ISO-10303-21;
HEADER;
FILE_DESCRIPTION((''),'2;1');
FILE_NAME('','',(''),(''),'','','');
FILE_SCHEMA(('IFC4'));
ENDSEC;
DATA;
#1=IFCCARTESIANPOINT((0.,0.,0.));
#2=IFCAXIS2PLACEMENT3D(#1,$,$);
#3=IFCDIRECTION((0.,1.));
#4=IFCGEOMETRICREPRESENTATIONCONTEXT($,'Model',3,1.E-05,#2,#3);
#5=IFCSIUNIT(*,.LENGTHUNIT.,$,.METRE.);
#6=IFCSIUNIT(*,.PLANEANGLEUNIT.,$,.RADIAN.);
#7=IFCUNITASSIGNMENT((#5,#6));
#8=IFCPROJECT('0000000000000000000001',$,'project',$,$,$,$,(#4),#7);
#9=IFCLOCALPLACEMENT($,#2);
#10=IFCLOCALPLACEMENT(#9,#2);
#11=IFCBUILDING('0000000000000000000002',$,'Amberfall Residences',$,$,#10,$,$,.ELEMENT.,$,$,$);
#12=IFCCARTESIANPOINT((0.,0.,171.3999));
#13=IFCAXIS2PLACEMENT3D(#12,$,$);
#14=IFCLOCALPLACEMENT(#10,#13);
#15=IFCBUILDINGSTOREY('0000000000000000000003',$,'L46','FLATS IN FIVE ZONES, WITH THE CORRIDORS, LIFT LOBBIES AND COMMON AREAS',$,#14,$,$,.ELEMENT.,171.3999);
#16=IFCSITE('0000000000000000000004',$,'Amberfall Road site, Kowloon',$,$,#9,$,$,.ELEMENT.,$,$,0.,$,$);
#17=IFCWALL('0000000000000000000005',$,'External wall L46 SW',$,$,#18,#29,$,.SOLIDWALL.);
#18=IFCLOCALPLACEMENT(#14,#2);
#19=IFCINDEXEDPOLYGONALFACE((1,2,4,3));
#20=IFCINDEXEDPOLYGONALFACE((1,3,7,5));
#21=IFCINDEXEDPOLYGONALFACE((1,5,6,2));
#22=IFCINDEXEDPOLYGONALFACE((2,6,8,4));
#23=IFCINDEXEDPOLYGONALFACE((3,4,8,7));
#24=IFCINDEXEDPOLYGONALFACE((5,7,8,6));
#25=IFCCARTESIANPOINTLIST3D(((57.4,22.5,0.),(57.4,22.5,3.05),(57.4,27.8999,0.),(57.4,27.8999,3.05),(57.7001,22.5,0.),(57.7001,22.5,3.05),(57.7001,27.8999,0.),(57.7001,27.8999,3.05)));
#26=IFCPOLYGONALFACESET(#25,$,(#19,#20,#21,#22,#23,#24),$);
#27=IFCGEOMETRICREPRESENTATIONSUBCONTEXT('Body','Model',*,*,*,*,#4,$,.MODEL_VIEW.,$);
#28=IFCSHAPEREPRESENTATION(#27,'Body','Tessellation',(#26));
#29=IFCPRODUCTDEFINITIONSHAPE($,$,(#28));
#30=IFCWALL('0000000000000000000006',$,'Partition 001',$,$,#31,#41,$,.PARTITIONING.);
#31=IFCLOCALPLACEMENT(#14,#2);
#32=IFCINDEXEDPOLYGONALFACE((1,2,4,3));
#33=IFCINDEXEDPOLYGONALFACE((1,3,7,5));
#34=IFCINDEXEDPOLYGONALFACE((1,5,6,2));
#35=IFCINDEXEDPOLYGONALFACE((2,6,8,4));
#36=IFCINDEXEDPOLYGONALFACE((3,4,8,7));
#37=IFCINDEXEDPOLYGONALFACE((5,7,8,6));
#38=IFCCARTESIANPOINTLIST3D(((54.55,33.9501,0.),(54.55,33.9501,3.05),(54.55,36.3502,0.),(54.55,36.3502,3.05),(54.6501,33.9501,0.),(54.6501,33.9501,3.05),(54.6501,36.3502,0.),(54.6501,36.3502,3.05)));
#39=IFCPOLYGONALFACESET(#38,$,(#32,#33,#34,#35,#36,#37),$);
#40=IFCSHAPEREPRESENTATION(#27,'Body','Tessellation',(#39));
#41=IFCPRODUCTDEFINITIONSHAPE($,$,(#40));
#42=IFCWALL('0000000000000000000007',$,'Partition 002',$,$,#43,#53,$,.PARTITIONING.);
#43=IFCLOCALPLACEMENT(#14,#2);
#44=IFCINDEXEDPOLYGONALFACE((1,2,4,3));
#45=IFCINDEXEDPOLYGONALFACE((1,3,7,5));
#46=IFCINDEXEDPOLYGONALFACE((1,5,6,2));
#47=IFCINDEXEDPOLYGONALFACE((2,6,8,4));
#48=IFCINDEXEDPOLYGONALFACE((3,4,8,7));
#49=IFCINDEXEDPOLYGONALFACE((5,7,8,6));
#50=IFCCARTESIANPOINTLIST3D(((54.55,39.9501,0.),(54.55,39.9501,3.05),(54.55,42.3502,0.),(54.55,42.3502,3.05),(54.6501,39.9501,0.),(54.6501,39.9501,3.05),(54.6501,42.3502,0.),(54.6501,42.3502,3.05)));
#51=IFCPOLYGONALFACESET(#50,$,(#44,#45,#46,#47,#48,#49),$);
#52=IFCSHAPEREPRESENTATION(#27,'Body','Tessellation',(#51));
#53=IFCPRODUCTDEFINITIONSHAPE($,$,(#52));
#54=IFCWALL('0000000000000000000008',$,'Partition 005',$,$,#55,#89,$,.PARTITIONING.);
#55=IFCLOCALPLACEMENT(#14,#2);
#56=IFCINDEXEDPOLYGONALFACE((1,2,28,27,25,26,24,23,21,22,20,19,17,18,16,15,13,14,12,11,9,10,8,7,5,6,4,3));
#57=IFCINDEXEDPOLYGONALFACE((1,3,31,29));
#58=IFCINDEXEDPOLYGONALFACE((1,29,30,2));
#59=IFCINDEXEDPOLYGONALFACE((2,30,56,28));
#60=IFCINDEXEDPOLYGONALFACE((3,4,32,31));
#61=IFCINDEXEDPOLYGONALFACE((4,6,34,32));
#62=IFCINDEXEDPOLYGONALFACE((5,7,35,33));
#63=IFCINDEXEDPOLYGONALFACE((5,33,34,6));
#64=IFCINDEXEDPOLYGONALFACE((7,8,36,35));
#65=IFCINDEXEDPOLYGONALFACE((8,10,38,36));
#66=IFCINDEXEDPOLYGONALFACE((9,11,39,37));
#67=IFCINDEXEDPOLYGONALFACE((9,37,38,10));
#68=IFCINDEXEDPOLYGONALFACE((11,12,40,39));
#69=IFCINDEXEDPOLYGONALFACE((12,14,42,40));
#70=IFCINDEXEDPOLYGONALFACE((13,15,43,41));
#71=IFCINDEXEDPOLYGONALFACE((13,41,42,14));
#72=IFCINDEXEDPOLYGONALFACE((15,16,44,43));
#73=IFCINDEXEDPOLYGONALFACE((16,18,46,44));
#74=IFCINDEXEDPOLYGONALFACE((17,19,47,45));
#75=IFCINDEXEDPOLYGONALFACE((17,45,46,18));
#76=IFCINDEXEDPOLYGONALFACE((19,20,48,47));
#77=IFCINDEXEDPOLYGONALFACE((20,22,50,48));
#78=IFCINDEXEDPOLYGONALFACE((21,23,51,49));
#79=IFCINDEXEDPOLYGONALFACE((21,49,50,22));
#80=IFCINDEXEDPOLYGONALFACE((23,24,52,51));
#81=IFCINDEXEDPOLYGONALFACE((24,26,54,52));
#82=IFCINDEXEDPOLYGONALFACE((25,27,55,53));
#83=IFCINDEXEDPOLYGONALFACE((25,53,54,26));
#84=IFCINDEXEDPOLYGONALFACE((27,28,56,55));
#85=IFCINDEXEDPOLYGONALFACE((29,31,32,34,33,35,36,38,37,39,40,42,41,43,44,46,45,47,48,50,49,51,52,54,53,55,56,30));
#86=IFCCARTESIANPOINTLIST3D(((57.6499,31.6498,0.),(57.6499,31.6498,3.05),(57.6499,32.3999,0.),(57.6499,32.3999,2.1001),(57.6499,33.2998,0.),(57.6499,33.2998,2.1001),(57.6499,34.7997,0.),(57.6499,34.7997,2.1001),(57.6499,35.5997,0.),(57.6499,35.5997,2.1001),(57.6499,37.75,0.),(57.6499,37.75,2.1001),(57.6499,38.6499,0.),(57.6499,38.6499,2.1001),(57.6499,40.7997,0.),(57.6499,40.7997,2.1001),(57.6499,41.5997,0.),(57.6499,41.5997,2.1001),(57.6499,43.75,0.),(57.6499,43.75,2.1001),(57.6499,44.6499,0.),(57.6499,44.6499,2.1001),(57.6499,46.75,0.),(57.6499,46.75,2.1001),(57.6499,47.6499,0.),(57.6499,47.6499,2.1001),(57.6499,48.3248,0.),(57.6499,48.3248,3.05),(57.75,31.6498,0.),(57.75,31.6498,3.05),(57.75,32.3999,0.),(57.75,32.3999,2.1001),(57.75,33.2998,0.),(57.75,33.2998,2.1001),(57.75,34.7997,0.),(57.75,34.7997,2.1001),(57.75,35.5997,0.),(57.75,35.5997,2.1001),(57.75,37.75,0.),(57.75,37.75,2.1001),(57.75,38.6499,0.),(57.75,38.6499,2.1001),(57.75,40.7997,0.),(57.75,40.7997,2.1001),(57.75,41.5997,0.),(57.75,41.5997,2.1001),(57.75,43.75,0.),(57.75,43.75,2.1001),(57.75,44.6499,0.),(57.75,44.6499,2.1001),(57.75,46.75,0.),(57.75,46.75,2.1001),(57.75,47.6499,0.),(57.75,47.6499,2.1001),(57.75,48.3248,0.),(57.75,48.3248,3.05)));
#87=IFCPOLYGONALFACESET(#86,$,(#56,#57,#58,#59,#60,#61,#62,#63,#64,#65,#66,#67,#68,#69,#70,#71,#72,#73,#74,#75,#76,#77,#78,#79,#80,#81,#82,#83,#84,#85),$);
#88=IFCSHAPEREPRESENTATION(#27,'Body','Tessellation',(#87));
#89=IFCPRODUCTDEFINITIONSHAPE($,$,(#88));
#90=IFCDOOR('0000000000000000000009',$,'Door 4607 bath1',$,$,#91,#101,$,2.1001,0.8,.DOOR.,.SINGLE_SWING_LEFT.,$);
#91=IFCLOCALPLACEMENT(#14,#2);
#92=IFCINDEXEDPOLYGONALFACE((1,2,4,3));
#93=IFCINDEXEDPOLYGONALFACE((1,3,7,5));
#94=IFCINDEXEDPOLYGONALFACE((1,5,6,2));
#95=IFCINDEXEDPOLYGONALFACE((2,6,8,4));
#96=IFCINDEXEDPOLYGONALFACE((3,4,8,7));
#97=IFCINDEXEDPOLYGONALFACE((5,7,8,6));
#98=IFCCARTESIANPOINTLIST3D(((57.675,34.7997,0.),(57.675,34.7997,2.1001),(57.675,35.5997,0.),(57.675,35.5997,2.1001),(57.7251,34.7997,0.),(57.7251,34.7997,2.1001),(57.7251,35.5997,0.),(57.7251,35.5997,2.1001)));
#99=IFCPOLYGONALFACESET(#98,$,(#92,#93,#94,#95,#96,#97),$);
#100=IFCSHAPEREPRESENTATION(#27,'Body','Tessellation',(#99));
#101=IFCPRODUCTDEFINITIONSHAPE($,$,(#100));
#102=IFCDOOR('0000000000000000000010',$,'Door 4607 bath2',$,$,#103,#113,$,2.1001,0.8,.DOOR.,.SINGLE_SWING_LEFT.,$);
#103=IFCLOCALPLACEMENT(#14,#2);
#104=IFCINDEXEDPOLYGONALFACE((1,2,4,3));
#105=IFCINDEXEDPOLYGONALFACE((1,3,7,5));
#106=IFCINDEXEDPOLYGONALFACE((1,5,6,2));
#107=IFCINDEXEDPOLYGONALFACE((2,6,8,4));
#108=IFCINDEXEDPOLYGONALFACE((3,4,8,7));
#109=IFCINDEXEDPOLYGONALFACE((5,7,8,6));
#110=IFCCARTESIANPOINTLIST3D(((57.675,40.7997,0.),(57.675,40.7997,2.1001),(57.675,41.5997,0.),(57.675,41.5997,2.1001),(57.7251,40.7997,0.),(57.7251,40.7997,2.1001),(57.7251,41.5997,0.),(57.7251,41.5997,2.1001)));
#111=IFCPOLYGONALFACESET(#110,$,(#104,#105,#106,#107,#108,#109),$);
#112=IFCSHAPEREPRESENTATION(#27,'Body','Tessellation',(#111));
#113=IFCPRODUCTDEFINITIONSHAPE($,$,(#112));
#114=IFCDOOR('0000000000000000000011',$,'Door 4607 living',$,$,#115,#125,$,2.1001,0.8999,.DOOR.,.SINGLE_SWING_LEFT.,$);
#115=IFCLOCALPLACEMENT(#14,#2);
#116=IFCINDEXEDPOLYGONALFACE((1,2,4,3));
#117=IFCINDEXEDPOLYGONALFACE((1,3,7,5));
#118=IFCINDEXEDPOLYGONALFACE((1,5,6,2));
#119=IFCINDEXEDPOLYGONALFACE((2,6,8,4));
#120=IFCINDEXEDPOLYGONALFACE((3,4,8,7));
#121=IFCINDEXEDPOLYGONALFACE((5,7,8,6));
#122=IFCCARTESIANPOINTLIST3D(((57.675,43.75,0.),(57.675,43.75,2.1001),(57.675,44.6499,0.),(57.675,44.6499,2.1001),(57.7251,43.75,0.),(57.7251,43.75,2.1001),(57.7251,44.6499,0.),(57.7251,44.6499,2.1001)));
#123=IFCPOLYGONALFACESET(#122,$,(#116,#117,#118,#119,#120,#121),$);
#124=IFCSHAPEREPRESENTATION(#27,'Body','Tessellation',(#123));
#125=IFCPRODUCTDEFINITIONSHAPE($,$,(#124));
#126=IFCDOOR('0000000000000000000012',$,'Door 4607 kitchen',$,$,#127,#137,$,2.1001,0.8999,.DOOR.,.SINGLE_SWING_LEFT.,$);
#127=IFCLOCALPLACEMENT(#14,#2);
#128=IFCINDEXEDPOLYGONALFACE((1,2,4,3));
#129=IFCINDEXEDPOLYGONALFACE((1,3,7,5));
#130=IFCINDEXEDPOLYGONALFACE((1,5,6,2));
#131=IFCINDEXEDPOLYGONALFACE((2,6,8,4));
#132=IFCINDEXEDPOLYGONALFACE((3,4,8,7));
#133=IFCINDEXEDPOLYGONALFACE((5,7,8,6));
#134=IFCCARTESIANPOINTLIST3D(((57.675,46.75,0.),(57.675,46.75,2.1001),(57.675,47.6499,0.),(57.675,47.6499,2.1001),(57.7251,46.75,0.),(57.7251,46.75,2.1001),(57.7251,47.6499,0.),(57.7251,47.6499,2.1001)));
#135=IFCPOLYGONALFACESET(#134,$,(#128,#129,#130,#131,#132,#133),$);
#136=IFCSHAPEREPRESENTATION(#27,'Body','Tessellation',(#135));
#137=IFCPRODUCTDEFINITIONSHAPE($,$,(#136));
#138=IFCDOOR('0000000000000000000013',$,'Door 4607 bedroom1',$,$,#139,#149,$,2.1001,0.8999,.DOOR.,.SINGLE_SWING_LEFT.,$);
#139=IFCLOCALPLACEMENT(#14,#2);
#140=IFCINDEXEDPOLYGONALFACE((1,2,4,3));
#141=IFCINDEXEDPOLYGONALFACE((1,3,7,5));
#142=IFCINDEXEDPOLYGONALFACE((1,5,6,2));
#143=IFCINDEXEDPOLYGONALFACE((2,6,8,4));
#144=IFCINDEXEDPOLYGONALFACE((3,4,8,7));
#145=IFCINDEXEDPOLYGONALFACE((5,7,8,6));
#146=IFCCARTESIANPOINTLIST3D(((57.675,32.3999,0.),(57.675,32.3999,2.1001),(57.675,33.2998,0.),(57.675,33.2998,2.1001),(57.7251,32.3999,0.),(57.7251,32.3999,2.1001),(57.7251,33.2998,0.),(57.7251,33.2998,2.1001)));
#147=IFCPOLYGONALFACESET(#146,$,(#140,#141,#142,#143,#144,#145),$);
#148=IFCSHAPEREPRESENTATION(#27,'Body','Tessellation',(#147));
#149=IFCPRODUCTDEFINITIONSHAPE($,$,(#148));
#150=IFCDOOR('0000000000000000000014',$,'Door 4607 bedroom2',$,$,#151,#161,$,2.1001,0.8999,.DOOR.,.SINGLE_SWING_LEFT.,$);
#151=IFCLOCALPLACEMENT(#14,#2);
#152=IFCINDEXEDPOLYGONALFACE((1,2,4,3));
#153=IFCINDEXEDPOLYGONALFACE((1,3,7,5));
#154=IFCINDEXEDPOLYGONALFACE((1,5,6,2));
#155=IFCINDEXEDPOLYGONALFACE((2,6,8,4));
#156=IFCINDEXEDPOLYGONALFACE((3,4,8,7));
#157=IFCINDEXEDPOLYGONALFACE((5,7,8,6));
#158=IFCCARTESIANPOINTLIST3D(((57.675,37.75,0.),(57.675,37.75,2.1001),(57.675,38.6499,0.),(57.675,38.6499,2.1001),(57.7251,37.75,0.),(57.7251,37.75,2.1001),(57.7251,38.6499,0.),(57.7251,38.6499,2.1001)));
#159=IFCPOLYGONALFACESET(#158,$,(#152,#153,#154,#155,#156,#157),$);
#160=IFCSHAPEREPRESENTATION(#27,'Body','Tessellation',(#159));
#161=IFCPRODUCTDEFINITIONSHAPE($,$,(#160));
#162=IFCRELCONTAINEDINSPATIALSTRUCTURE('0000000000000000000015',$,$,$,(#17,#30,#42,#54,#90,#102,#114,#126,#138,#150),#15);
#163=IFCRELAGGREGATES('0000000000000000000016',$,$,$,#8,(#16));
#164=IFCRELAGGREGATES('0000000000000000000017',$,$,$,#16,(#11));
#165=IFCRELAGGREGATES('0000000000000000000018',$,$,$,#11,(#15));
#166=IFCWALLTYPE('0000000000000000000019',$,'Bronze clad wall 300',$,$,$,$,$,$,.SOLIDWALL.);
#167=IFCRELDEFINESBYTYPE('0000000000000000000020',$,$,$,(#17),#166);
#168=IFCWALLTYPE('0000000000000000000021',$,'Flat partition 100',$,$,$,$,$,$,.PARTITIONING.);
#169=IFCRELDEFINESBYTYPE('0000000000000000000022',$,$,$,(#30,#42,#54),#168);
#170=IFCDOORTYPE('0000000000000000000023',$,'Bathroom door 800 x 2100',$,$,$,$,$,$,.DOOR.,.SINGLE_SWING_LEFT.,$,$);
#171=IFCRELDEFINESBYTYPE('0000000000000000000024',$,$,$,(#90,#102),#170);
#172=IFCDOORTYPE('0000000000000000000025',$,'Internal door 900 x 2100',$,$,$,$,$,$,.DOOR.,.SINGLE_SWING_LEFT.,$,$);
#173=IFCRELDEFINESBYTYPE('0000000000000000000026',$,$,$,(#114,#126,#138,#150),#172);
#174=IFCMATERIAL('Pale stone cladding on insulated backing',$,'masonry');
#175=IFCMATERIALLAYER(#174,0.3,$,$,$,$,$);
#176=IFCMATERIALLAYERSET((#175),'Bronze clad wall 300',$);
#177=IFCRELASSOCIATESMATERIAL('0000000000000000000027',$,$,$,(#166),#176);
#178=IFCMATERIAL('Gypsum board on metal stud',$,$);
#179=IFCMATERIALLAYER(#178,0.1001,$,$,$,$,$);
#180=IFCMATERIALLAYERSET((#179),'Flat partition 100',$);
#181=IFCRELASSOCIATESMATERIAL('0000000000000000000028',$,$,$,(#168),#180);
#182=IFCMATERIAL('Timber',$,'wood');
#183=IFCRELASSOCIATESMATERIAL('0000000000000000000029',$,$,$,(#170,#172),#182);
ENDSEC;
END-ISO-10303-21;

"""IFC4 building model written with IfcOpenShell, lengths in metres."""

from ifc_helpers import new_model, si_unit, direction, frame, frame_2d, origin, place, context, subcontext, project, spatial, rectangle, extrude, material, layer, layer_set, type_object, element, fill, save


model = new_model("IFC4")

# Units and contexts
model_context = context("Model", 3, precision=1e-05, world=origin(), true_north=direction((0.0, 1.0)))
body_context = subcontext(model_context, "Body", "Model", "MODEL_VIEW")
ifc_project = project(units=[si_unit("LENGTHUNIT", "METRE"), si_unit("PLANEANGLEUNIT", "RADIAN")], contexts=[model_context])

# Site, building, storey
site_placement = place(None, origin())
site = spatial("IfcSite", under=ifc_project, at=site_placement, Name="Amberfall Road site, Kowloon", CompositionType="ELEMENT", RefElevation=0.0)
building_placement = place(site_placement, origin())
building = spatial("IfcBuilding", under=site, at=building_placement, Name="Amberfall Residences", CompositionType="ELEMENT")
storey_placement = place(building_placement, frame((0.0, 0.0, 171.3999)))
storey = spatial("IfcBuildingStorey", under=building, at=storey_placement, Name="L46", Description="FLATS IN FIVE ZONES, WITH THE CORRIDORS, LIFT LOBBIES AND COMMON AREAS", CompositionType="ELEMENT", Elevation=171.3999)

# Walls
ifc_material_1 = material(Name="Pale stone cladding on insulated backing", Category="masonry")
ifc_layer_1 = layer(ifc_material_1, 0.3)
ifc_layer_set_1 = layer_set([ifc_layer_1], Name="Bronze clad wall 300")
wall_type_1 = type_object("IfcWallType", Name="Bronze clad wall 300", PredefinedType="SOLIDWALL", material=ifc_layer_set_1)
wall_1_placement = place(storey_placement, frame((57.55, 27.8999, 0.0), z_axis=(0.0, 0.0, 1.0), x_axis=(0.0, -1.0, 0.0)))
element("IfcWall", 1, at=wall_1_placement, inside=storey, type_object=wall_type_1, Name="External wall L46 SW", PredefinedType="SOLIDWALL", context=body_context, shape_type="SweptSolid", body=[
    extrude(rectangle(XDim=5.3999, YDim=0.3, at=frame_2d((2.7, 0.0))), origin(), (0.0, 0.0, 1.0), 3.05),
])
ifc_material_2 = material(Name="Gypsum board on metal stud")
ifc_layer_2 = layer(ifc_material_2, 0.1001)
ifc_layer_set_2 = layer_set([ifc_layer_2], Name="Flat partition 100")
wall_type_2 = type_object("IfcWallType", Name="Flat partition 100", PredefinedType="PARTITIONING", material=ifc_layer_set_2)
for number, where, z_axis, x_axis, name in (
    (2, (54.6001, 33.95, 0.0), (0.0, 0.0, 1.0), (0.0, 1.0, 0.0), "Partition 001"),
    (3, (54.6001, 39.95, 0.0), (0.0, 0.0, 1.0), (0.0, 1.0, 0.0), "Partition 002"),
):
    element("IfcWall", number, at=place(storey_placement, frame(where, z_axis=z_axis, x_axis=x_axis)), inside=storey, type_object=wall_type_2, Name=name, PredefinedType="PARTITIONING", context=body_context, shape_type="SweptSolid", body=[
        extrude(rectangle(XDim=2.4001, YDim=0.1001, at=frame_2d((1.2002, 0.0))), origin(), (0.0, 0.0, 1.0), 3.05),
    ])

# Wall, openings, doors
wall_2_placement = place(storey_placement, frame((57.7, 31.6499, 0.0), z_axis=(0.0, 0.0, 1.0), x_axis=(0.0, 1.0, 0.0)))
wall_2 = element("IfcWall", 4, at=wall_2_placement, inside=storey, type_object=wall_type_2, Name="Partition 005", PredefinedType="PARTITIONING", context=body_context, shape_type="SweptSolid", body=[
    extrude(rectangle(XDim=16.675, YDim=0.1001, at=frame_2d((8.3374, 0.0))), origin(), (0.0, 0.0, 1.0), 3.05),
])
opening_1_placement = place(wall_2_placement, frame((12.1001, 0.0, 0.0)))
opening_1 = element("IfcOpeningElement", 5, at=opening_1_placement, cuts=wall_2, PredefinedType="OPENING", context=body_context, shape_type="SweptSolid", body=[
    extrude(rectangle(XDim=0.8999, YDim=2.1001, at=frame_2d((0.45, 1.05))), frame((0.0, 0.0601, 0.0), z_axis=(0.0, -1.0, 0.0), x_axis=(1.0, 0.0, 0.0)), (0.0, 0.0, 1.0), 0.1201),
])
opening_2_placement = place(wall_2_placement, frame((15.1001, 0.0, 0.0)))
opening_2 = element("IfcOpeningElement", 6, at=opening_2_placement, cuts=wall_2, PredefinedType="OPENING", context=body_context, shape_type="SweptSolid", body=[
    extrude(rectangle(XDim=0.8999, YDim=2.1001, at=frame_2d((0.45, 1.05))), frame((0.0, 0.0601, 0.0), z_axis=(0.0, -1.0, 0.0), x_axis=(1.0, 0.0, 0.0)), (0.0, 0.0, 1.0), 0.1201),
])
opening_3_placement = place(wall_2_placement, frame((0.75, 0.0, 0.0)))
opening_3 = element("IfcOpeningElement", 7, at=opening_3_placement, cuts=wall_2, PredefinedType="OPENING", context=body_context, shape_type="SweptSolid", body=[
    extrude(rectangle(XDim=0.8999, YDim=2.1001, at=frame_2d((0.45, 1.05))), frame((0.0, 0.0601, 0.0), z_axis=(0.0, -1.0, 0.0), x_axis=(1.0, 0.0, 0.0)), (0.0, 0.0, 1.0), 0.1201),
])
opening_4_placement = place(wall_2_placement, frame((6.1001, 0.0, 0.0)))
opening_4 = element("IfcOpeningElement", 8, at=opening_4_placement, cuts=wall_2, PredefinedType="OPENING", context=body_context, shape_type="SweptSolid", body=[
    extrude(rectangle(XDim=0.8999, YDim=2.1001, at=frame_2d((0.45, 1.05))), frame((0.0, 0.0601, 0.0), z_axis=(0.0, -1.0, 0.0), x_axis=(1.0, 0.0, 0.0)), (0.0, 0.0, 1.0), 0.1201),
])
opening_5_placement = place(wall_2_placement, frame((3.1499, 0.0, 0.0)))
opening_5 = element("IfcOpeningElement", 9, at=opening_5_placement, cuts=wall_2, PredefinedType="OPENING", context=body_context, shape_type="SweptSolid", body=[
    extrude(rectangle(XDim=0.8, YDim=2.1001, at=frame_2d((0.3999, 1.05))), frame((0.0, 0.0601, 0.0), z_axis=(0.0, -1.0, 0.0), x_axis=(1.0, 0.0, 0.0)), (0.0, 0.0, 1.0), 0.1201),
])
opening_6_placement = place(wall_2_placement, frame((9.1499, 0.0, 0.0)))
opening_6 = element("IfcOpeningElement", 10, at=opening_6_placement, cuts=wall_2, PredefinedType="OPENING", context=body_context, shape_type="SweptSolid", body=[
    extrude(rectangle(XDim=0.8, YDim=2.1001, at=frame_2d((0.3999, 1.05))), frame((0.0, 0.0601, 0.0), z_axis=(0.0, -1.0, 0.0), x_axis=(1.0, 0.0, 0.0)), (0.0, 0.0, 1.0), 0.1201),
])
ifc_material_3 = material(Name="Timber", Category="wood")
door_type_1 = type_object("IfcDoorType", Name="Bathroom door 800 x 2100", OperationType="SINGLE_SWING_LEFT", PredefinedType="DOOR", material=ifc_material_3)
door_1_placement = place(opening_5_placement, origin())
door_1 = element("IfcDoor", 11, at=door_1_placement, inside=storey, type_object=door_type_1, Name="Door 4607 bath1", OperationType="SINGLE_SWING_LEFT", OverallHeight=2.1001, OverallWidth=0.8, PredefinedType="DOOR", context=body_context, shape_type="SweptSolid", body=[
    extrude(rectangle(XDim=0.8, YDim=2.1001, at=frame_2d((0.3999, 1.05))), frame((0.0, 0.0249, 0.0), z_axis=(0.0, -1.0, 0.0), x_axis=(1.0, 0.0, 0.0)), (0.0, 0.0, 1.0), 0.05),
])
fill(opening_5, door_1)
door_2_placement = place(opening_6_placement, origin())
door_2 = element("IfcDoor", 12, at=door_2_placement, inside=storey, type_object=door_type_1, Name="Door 4607 bath2", OperationType="SINGLE_SWING_LEFT", OverallHeight=2.1001, OverallWidth=0.8, PredefinedType="DOOR", context=body_context, shape_type="SweptSolid", body=[
    extrude(rectangle(XDim=0.8, YDim=2.1001, at=frame_2d((0.3999, 1.05))), frame((0.0, 0.0249, 0.0), z_axis=(0.0, -1.0, 0.0), x_axis=(1.0, 0.0, 0.0)), (0.0, 0.0, 1.0), 0.05),
])
fill(opening_6, door_2)
door_type_2 = type_object("IfcDoorType", Name="Internal door 900 x 2100", OperationType="SINGLE_SWING_LEFT", PredefinedType="DOOR", material=ifc_material_3)
door_3_placement = place(opening_1_placement, origin())
door_3 = element("IfcDoor", 13, at=door_3_placement, inside=storey, type_object=door_type_2, Name="Door 4607 living", OperationType="SINGLE_SWING_LEFT", OverallHeight=2.1001, OverallWidth=0.8999, PredefinedType="DOOR", context=body_context, shape_type="SweptSolid", body=[
    extrude(rectangle(XDim=0.8999, YDim=2.1001, at=frame_2d((0.45, 1.05))), frame((0.0, 0.0249, 0.0), z_axis=(0.0, -1.0, 0.0), x_axis=(1.0, 0.0, 0.0)), (0.0, 0.0, 1.0), 0.05),
])
fill(opening_1, door_3)
door_4_placement = place(opening_2_placement, origin())
door_4 = element("IfcDoor", 14, at=door_4_placement, inside=storey, type_object=door_type_2, Name="Door 4607 kitchen", OperationType="SINGLE_SWING_LEFT", OverallHeight=2.1001, OverallWidth=0.8999, PredefinedType="DOOR", context=body_context, shape_type="SweptSolid", body=[
    extrude(rectangle(XDim=0.8999, YDim=2.1001, at=frame_2d((0.45, 1.05))), frame((0.0, 0.0249, 0.0), z_axis=(0.0, -1.0, 0.0), x_axis=(1.0, 0.0, 0.0)), (0.0, 0.0, 1.0), 0.05),
])
fill(opening_2, door_4)
door_5_placement = place(opening_3_placement, origin())
door_5 = element("IfcDoor", 15, at=door_5_placement, inside=storey, type_object=door_type_2, Name="Door 4607 bedroom1", OperationType="SINGLE_SWING_LEFT", OverallHeight=2.1001, OverallWidth=0.8999, PredefinedType="DOOR", context=body_context, shape_type="SweptSolid", body=[
    extrude(rectangle(XDim=0.8999, YDim=2.1001, at=frame_2d((0.45, 1.05))), frame((0.0, 0.0249, 0.0), z_axis=(0.0, -1.0, 0.0), x_axis=(1.0, 0.0, 0.0)), (0.0, 0.0, 1.0), 0.05),
])
fill(opening_3, door_5)
door_6_placement = place(opening_4_placement, origin())
door_6 = element("IfcDoor", 16, at=door_6_placement, inside=storey, type_object=door_type_2, Name="Door 4607 bedroom2", OperationType="SINGLE_SWING_LEFT", OverallHeight=2.1001, OverallWidth=0.8999, PredefinedType="DOOR", context=body_context, shape_type="SweptSolid", body=[
    extrude(rectangle(XDim=0.8999, YDim=2.1001, at=frame_2d((0.45, 1.05))), frame((0.0, 0.0249, 0.0), z_axis=(0.0, -1.0, 0.0), x_axis=(1.0, 0.0, 0.0)), (0.0, 0.0, 1.0), 0.05),
])
fill(opening_4, door_6)

save(model, "model.ifc")
